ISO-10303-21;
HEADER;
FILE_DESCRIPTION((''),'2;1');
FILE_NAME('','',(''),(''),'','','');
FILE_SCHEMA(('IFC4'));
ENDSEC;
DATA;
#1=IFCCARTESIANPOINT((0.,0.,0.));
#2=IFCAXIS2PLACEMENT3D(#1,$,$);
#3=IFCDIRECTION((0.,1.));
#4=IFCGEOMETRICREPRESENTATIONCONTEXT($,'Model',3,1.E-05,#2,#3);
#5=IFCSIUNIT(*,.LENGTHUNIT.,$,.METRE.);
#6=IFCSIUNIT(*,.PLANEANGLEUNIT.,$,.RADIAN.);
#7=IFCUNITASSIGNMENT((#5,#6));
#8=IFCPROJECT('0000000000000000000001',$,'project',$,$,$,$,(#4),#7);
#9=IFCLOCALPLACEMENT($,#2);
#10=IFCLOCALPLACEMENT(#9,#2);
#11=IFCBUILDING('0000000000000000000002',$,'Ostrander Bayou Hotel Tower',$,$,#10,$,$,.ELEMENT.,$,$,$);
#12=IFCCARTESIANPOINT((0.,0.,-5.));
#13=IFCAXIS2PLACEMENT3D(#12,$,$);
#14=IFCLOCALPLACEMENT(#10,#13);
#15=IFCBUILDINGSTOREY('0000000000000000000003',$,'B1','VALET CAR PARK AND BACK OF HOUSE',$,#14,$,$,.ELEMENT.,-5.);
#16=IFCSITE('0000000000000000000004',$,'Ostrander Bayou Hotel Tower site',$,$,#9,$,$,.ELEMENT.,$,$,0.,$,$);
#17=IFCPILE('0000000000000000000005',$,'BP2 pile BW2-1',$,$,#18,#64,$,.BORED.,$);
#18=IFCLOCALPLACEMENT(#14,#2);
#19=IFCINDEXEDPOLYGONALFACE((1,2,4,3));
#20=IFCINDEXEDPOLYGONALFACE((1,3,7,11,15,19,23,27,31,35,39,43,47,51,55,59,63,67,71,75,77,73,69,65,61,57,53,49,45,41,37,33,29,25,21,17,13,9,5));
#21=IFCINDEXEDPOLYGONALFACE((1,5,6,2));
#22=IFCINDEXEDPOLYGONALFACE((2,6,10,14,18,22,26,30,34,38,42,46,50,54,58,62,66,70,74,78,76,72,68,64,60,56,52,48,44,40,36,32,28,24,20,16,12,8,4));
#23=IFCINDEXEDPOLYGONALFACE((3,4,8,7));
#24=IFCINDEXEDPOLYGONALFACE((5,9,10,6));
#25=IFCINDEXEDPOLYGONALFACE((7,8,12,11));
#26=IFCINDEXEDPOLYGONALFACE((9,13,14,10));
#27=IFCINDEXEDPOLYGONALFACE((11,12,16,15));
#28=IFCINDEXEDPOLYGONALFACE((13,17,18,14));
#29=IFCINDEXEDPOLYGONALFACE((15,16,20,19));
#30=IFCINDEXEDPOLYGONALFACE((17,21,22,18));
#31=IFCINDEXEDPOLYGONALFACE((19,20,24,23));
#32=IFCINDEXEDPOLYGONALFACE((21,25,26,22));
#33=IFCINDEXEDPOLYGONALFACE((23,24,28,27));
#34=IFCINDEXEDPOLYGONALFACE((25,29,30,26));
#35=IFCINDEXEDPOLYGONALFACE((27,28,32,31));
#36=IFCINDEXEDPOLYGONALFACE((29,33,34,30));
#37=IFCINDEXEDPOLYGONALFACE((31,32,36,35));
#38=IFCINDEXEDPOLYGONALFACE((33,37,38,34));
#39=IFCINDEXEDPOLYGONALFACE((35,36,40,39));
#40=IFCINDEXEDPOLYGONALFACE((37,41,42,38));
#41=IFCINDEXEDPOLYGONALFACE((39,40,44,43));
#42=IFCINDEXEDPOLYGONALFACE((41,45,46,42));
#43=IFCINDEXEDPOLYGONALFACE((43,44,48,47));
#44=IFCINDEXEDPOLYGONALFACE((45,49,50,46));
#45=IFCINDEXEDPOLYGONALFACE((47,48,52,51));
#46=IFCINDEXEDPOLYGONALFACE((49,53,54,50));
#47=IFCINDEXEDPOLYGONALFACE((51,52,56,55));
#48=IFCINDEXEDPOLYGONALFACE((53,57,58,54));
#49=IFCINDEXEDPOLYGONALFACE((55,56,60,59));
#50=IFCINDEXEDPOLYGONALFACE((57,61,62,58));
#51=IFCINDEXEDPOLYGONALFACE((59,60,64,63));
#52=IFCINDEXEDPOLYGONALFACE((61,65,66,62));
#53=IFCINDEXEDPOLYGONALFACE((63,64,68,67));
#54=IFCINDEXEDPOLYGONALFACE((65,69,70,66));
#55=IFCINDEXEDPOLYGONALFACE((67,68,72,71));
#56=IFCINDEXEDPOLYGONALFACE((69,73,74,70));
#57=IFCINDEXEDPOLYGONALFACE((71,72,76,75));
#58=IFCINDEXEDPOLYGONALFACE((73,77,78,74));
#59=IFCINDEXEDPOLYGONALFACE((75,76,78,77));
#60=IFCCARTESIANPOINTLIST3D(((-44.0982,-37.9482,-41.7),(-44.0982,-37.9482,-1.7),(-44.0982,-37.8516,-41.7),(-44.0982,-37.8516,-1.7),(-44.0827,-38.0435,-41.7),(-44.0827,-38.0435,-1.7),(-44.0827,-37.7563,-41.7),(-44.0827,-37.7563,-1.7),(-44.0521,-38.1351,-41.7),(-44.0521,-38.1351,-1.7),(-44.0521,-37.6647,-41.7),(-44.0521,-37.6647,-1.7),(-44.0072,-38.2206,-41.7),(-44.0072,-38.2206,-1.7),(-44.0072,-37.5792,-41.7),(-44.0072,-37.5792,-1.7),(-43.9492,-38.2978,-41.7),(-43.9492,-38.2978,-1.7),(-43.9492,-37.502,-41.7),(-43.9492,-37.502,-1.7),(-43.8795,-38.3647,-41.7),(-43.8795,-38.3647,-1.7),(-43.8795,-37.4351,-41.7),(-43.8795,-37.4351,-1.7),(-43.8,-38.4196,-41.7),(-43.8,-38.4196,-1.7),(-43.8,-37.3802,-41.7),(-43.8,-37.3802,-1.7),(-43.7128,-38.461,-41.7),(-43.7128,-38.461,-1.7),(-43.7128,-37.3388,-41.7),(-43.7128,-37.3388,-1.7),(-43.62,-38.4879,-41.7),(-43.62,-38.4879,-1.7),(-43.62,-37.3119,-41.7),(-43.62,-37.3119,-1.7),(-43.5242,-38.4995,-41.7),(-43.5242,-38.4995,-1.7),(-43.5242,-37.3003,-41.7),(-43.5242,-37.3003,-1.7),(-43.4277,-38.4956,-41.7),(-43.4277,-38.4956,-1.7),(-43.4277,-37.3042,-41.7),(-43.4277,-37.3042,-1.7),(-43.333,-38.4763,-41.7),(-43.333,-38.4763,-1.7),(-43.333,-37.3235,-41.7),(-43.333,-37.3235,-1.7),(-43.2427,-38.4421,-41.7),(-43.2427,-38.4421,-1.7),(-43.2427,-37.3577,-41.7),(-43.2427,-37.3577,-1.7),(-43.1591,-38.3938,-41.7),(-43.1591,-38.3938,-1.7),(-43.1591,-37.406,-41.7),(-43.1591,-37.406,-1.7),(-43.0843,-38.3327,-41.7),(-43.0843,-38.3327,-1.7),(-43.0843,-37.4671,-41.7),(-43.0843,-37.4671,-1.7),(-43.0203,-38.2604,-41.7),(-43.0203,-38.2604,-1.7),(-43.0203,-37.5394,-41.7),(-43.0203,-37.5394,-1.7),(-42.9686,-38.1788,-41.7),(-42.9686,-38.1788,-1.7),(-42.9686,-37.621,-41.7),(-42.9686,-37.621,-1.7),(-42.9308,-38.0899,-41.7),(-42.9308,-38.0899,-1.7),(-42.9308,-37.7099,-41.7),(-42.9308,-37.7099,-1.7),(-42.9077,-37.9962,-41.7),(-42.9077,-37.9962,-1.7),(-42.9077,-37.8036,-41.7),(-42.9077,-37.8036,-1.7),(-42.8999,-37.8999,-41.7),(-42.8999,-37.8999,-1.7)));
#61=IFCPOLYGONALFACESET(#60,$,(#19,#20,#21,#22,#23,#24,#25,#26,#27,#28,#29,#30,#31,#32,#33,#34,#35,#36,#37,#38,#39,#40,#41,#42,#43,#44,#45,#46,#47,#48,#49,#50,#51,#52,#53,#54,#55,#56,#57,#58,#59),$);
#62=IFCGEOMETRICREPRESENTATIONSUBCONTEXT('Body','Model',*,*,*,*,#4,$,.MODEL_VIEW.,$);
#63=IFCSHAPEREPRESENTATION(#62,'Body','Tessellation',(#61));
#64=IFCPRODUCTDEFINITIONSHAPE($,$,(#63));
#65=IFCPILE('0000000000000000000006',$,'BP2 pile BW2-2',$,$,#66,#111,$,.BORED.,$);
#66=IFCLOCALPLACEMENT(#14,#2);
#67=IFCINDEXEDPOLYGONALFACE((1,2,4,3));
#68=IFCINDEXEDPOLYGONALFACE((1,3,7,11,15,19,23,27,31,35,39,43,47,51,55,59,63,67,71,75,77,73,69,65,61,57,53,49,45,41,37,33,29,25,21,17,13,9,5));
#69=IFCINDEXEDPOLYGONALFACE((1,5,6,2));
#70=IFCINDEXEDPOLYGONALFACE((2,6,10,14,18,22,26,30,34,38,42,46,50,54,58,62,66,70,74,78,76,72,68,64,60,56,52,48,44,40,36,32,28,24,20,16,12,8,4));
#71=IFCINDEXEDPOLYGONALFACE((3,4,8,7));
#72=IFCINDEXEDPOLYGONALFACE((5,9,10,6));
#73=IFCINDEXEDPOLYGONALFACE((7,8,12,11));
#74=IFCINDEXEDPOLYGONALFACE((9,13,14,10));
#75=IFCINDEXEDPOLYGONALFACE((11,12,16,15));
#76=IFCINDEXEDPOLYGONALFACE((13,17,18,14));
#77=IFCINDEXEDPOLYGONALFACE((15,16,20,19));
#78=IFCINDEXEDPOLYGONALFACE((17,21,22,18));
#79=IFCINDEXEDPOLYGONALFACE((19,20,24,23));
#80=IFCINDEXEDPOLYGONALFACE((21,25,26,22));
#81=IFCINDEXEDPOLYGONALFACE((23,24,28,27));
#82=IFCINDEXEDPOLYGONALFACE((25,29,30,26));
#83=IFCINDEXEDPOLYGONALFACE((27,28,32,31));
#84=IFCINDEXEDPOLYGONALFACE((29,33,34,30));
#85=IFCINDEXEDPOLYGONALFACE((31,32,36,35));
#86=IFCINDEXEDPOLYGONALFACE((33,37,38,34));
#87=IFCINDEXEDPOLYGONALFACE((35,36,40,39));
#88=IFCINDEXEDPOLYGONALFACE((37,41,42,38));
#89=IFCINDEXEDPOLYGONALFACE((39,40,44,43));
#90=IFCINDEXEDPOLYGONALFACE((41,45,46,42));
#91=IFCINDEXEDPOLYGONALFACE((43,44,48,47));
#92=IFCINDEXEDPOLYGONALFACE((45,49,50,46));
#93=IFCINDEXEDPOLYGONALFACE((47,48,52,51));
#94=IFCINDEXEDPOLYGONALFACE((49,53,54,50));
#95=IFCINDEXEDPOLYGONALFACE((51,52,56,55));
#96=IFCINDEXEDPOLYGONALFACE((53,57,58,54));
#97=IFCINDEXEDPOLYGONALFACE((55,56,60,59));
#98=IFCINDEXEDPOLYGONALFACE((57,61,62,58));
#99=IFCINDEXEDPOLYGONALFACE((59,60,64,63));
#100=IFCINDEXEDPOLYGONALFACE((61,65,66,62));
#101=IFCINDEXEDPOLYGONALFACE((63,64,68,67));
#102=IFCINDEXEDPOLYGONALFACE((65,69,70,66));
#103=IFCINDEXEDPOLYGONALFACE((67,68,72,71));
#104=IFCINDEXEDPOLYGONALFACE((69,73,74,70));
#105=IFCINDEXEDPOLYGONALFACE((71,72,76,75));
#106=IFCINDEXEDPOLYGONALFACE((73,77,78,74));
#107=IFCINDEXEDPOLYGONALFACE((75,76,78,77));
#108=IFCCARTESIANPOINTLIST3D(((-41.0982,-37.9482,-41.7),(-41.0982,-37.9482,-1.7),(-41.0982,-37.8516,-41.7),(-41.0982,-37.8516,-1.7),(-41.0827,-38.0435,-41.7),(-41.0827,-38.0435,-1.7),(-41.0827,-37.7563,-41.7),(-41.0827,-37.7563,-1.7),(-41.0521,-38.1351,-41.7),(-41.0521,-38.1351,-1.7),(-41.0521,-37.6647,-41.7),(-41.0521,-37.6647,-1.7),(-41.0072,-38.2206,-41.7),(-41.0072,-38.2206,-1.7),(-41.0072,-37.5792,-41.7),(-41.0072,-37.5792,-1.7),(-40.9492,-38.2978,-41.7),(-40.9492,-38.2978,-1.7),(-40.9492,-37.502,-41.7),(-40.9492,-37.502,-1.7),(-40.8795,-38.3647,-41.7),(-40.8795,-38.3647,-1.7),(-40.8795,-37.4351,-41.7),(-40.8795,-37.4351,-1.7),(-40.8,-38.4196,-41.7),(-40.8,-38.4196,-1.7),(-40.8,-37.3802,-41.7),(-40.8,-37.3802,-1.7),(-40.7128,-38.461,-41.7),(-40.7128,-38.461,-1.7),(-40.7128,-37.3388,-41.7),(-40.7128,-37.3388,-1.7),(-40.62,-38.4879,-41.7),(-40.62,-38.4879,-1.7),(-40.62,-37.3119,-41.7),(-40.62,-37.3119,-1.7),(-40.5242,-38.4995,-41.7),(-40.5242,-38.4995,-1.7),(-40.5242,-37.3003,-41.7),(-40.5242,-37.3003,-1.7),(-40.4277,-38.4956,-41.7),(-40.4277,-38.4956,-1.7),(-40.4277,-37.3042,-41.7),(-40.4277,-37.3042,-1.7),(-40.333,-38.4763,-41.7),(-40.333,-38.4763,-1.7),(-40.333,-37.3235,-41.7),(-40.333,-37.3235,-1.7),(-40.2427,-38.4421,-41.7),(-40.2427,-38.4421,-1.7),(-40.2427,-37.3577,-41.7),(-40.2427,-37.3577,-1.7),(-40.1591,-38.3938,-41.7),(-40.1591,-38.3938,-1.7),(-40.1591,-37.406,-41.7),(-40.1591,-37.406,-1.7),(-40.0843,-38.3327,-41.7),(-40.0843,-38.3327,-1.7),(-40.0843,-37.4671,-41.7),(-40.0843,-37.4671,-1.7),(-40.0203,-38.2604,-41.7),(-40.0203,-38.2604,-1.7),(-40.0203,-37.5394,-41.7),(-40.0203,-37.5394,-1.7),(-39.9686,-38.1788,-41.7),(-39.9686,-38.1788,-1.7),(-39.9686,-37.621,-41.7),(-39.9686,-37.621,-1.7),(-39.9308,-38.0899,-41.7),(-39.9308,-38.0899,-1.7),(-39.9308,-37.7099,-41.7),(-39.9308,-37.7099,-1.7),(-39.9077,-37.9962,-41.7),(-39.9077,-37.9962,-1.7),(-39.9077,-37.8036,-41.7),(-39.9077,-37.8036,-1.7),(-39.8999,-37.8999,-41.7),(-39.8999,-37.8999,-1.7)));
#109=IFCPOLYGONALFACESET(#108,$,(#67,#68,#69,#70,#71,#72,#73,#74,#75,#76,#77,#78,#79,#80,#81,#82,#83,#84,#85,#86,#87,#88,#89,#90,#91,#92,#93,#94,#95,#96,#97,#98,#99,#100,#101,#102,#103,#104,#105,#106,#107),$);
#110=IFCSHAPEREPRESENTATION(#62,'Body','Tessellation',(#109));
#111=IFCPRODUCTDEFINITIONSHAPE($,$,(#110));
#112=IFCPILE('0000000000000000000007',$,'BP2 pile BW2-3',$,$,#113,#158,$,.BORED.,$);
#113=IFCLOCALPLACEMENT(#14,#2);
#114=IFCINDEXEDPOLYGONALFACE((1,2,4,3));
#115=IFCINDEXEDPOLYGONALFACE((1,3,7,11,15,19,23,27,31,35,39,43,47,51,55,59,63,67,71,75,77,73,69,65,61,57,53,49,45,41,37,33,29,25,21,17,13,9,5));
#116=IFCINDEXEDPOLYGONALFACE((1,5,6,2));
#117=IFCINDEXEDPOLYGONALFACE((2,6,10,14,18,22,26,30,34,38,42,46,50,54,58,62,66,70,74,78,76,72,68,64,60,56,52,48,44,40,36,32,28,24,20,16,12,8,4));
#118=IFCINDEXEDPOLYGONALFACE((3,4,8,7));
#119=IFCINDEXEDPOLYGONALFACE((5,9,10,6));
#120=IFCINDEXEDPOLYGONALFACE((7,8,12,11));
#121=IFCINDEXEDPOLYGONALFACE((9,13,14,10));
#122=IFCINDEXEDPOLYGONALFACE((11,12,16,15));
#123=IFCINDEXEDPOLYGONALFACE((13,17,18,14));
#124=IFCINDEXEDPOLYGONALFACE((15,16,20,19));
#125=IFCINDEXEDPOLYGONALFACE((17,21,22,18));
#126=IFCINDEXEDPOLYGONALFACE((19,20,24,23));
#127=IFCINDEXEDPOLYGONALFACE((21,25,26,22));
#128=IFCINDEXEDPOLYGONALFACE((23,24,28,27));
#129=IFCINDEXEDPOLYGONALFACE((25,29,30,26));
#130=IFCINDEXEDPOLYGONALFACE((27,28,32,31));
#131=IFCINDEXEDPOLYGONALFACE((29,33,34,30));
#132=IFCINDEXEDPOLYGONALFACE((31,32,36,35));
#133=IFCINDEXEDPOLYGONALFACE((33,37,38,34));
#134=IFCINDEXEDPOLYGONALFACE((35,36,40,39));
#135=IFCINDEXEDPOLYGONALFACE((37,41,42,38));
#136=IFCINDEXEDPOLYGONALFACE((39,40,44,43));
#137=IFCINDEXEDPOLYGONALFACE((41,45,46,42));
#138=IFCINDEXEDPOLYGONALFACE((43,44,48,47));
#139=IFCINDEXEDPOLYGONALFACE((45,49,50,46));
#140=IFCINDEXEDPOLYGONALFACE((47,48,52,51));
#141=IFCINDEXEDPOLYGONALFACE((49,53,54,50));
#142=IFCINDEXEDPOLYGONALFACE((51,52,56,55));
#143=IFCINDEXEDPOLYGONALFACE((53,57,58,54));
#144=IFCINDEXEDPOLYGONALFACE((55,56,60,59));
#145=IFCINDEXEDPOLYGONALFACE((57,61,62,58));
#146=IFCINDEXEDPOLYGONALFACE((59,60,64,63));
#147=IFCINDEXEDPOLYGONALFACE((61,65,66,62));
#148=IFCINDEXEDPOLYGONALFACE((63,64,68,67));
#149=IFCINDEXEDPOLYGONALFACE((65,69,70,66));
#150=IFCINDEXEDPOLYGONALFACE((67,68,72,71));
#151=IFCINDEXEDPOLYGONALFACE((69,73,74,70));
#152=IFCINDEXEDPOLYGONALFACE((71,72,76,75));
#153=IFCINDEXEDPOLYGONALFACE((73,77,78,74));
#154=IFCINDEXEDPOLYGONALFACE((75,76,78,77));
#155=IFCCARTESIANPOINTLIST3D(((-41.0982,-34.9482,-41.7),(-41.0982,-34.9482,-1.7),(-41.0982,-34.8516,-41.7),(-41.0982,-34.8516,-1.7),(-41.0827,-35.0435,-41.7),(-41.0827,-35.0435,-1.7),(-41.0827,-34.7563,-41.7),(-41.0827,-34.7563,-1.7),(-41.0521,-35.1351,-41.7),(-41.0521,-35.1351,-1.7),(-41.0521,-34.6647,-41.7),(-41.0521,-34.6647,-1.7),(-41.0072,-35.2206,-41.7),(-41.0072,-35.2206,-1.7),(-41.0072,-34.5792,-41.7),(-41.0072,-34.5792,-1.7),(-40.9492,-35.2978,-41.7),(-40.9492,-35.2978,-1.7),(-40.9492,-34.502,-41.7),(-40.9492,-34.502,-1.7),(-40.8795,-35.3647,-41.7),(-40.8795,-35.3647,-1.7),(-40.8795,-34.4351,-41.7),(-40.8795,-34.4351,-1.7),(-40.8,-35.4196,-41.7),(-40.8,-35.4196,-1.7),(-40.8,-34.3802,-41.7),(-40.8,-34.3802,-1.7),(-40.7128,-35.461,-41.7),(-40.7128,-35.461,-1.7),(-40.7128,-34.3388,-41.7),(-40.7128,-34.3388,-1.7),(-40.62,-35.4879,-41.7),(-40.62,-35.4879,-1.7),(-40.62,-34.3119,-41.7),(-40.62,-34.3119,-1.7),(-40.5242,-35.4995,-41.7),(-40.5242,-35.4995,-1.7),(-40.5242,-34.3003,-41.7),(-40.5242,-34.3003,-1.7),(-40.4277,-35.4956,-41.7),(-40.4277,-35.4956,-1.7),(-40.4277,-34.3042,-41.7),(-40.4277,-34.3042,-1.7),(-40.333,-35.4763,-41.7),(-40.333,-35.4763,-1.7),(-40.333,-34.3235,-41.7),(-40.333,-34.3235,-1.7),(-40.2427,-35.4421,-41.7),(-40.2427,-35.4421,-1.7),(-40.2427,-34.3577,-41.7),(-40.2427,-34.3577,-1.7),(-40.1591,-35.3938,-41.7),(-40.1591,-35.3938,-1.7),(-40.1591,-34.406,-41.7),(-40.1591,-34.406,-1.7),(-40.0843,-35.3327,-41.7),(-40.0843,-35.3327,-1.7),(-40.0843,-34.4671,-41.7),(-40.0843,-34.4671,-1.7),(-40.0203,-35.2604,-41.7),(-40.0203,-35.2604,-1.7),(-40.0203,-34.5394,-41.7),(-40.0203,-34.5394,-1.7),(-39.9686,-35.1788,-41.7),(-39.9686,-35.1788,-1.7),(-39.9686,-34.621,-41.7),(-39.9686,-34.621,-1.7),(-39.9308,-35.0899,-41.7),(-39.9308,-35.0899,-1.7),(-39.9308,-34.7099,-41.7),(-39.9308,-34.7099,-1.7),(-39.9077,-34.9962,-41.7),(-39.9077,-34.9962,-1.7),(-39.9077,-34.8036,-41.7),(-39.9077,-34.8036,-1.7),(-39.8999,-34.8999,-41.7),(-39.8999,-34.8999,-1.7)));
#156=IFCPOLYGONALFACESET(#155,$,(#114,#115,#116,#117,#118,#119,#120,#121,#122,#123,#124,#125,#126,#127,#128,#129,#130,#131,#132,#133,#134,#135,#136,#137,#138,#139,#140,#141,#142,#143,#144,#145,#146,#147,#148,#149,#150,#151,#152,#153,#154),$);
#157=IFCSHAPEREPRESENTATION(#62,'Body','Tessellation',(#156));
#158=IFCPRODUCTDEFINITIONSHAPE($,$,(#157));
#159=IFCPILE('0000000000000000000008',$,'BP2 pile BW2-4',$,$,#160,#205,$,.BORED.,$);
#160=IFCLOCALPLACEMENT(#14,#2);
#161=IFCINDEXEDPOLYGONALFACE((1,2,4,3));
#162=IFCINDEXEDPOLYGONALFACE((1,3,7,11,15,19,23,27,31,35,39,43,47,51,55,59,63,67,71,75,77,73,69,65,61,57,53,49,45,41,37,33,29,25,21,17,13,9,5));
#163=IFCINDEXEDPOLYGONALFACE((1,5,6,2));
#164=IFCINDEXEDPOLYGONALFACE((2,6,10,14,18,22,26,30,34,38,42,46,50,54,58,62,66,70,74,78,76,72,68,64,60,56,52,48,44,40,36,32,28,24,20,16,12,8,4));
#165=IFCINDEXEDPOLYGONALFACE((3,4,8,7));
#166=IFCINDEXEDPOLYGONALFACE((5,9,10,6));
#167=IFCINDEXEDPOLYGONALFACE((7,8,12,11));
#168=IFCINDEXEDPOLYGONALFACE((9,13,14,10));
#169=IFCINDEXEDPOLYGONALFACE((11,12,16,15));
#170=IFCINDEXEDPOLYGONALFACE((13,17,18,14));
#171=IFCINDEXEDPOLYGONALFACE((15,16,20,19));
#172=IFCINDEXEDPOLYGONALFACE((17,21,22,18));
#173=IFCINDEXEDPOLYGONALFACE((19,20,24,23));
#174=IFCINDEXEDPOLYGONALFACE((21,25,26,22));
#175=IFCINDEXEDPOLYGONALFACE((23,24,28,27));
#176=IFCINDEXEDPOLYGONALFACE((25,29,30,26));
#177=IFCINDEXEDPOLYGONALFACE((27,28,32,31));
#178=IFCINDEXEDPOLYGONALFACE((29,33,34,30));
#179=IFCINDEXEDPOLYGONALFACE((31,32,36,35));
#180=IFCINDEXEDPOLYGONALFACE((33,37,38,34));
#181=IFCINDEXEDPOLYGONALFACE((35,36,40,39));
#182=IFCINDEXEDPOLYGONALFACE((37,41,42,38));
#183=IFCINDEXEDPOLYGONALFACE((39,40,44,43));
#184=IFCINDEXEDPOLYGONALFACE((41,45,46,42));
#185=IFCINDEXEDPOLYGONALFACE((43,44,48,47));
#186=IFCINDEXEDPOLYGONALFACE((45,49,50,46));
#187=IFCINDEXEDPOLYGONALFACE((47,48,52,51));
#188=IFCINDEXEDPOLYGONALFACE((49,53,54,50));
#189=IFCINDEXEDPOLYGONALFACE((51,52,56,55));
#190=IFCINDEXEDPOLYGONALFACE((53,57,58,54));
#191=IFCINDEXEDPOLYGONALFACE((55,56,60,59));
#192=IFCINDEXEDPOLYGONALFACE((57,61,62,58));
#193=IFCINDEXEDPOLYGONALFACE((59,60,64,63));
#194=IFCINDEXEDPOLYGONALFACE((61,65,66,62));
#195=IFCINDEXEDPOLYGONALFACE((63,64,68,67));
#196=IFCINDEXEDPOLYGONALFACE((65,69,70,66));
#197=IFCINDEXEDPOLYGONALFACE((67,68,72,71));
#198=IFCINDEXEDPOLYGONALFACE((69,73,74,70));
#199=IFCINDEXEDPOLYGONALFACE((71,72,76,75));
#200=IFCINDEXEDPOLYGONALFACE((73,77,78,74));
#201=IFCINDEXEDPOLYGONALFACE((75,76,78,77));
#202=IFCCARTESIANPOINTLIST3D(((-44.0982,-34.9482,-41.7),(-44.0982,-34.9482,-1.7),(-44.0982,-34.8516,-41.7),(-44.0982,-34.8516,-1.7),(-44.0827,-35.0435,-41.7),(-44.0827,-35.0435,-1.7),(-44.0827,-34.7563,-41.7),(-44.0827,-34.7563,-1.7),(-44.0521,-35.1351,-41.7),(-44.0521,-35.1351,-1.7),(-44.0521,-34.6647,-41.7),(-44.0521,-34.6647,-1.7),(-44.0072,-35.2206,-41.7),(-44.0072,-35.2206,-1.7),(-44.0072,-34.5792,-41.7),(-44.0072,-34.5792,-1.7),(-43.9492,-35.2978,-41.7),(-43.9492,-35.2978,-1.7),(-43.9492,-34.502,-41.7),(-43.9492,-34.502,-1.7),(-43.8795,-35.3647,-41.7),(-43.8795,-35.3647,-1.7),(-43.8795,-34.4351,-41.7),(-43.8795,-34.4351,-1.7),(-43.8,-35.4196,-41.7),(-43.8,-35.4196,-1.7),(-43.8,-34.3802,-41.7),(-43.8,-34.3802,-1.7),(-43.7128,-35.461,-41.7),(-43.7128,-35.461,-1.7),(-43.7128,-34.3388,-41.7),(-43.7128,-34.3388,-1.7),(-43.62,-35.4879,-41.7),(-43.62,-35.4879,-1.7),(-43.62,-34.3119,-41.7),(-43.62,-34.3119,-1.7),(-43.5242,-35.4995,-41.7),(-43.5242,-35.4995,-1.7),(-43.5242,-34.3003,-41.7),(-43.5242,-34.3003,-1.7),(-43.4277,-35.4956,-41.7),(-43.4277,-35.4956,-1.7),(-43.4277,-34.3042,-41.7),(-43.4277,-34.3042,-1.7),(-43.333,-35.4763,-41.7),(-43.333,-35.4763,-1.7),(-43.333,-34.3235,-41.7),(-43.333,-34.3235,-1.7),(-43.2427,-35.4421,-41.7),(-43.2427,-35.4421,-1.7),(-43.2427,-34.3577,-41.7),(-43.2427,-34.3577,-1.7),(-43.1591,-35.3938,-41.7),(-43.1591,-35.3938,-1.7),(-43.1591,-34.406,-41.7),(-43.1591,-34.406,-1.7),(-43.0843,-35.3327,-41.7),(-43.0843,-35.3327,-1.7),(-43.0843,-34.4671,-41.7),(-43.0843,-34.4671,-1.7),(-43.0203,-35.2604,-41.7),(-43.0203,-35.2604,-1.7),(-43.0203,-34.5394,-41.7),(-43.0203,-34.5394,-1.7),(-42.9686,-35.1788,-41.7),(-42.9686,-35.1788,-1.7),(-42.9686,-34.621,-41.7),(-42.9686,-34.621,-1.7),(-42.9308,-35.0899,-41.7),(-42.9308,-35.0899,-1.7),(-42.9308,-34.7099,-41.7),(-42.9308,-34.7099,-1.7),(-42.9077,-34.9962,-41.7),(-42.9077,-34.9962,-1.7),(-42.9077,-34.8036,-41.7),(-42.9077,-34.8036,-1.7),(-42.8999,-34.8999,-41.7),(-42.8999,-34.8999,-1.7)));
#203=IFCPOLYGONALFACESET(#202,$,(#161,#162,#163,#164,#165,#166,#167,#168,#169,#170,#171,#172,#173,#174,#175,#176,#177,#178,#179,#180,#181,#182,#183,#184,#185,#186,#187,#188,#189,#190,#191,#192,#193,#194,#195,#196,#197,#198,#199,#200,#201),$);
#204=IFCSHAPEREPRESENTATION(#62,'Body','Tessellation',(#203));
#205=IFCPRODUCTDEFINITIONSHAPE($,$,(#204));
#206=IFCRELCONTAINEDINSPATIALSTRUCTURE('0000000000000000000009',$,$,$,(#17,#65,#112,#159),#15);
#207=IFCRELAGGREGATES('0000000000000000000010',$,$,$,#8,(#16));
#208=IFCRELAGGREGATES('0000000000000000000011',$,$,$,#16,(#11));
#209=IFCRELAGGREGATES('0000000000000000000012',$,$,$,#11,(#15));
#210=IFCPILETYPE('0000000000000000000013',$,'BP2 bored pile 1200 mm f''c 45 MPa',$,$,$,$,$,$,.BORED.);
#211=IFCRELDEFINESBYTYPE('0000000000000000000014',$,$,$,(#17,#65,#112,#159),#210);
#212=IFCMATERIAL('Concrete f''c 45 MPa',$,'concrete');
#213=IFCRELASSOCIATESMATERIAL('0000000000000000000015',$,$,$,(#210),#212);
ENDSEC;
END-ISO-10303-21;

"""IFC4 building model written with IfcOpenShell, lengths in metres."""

from ifc_helpers import new_model, si_unit, direction, frame, origin, origin_2d, place, context, subcontext, project, spatial, circle, extrude, material, material_profile, profile_set, type_object, element, save


model = new_model("IFC4")

# Units and contexts
model_context = context("Model", 3, precision=1e-05, world=origin(), true_north=direction((0.0, 1.0)))
body_context = subcontext(model_context, "Body", "Model", "MODEL_VIEW")
ifc_project = project(units=[si_unit("LENGTHUNIT", "METRE"), si_unit("PLANEANGLEUNIT", "RADIAN")], contexts=[model_context])

# Site, building, storey
site_placement = place(None, origin())
site = spatial("IfcSite", under=ifc_project, at=site_placement, Name="Ostrander Bayou Hotel Tower site", CompositionType="ELEMENT", RefElevation=0.0)
building_placement = place(site_placement, origin())
building = spatial("IfcBuilding", under=site, at=building_placement, Name="Ostrander Bayou Hotel Tower", CompositionType="ELEMENT")
storey_placement = place(building_placement, frame((0.0, 0.0, -5.0)))
storey = spatial("IfcBuildingStorey", under=building, at=storey_placement, Name="B1", Description="VALET CAR PARK AND BACK OF HOUSE", CompositionType="ELEMENT", Elevation=-5.0)

# Piles
ifc_material_1 = material(Name="Concrete f'c 45 MPa", Category="concrete")
ifc_material_profile_1 = material_profile(ifc_material_1, circle(Radius=0.6001, at=origin_2d()))
ifc_profile_set_1 = profile_set([ifc_material_profile_1], Name="Concrete f'c 45 MPa")
pile_type = type_object("IfcPileType", Name="BP2 bored pile 1200 mm f'c 45 MPa", PredefinedType="BORED", material=ifc_profile_set_1)
for number, where, z_axis, x_axis, name in (
    (1, (-43.5, -37.8999, -1.7), (0.0, 0.0, -1.0), (1.0, 0.0, 0.0), "BP2 pile BW2-1"),
    (2, (-40.5, -37.8999, -1.7), (0.0, 0.0, -1.0), (1.0, 0.0, 0.0), "BP2 pile BW2-2"),
    (3, (-40.5, -34.8999, -1.7), (0.0, 0.0, -1.0), (1.0, 0.0, 0.0), "BP2 pile BW2-3"),
    (4, (-43.5, -34.8999, -1.7), (0.0, 0.0, -1.0), (1.0, 0.0, 0.0), "BP2 pile BW2-4"),
):
    element("IfcPile", number, at=place(storey_placement, frame(where, z_axis=z_axis, x_axis=x_axis)), inside=storey, type_object=pile_type, Name=name, PredefinedType="BORED", context=body_context, shape_type="SweptSolid", body=[
        extrude(circle(Radius=0.6001, at=origin_2d()), origin(), (0.0, 0.0, 1.0), 40.0),
    ])

save(model, "model.ifc")
